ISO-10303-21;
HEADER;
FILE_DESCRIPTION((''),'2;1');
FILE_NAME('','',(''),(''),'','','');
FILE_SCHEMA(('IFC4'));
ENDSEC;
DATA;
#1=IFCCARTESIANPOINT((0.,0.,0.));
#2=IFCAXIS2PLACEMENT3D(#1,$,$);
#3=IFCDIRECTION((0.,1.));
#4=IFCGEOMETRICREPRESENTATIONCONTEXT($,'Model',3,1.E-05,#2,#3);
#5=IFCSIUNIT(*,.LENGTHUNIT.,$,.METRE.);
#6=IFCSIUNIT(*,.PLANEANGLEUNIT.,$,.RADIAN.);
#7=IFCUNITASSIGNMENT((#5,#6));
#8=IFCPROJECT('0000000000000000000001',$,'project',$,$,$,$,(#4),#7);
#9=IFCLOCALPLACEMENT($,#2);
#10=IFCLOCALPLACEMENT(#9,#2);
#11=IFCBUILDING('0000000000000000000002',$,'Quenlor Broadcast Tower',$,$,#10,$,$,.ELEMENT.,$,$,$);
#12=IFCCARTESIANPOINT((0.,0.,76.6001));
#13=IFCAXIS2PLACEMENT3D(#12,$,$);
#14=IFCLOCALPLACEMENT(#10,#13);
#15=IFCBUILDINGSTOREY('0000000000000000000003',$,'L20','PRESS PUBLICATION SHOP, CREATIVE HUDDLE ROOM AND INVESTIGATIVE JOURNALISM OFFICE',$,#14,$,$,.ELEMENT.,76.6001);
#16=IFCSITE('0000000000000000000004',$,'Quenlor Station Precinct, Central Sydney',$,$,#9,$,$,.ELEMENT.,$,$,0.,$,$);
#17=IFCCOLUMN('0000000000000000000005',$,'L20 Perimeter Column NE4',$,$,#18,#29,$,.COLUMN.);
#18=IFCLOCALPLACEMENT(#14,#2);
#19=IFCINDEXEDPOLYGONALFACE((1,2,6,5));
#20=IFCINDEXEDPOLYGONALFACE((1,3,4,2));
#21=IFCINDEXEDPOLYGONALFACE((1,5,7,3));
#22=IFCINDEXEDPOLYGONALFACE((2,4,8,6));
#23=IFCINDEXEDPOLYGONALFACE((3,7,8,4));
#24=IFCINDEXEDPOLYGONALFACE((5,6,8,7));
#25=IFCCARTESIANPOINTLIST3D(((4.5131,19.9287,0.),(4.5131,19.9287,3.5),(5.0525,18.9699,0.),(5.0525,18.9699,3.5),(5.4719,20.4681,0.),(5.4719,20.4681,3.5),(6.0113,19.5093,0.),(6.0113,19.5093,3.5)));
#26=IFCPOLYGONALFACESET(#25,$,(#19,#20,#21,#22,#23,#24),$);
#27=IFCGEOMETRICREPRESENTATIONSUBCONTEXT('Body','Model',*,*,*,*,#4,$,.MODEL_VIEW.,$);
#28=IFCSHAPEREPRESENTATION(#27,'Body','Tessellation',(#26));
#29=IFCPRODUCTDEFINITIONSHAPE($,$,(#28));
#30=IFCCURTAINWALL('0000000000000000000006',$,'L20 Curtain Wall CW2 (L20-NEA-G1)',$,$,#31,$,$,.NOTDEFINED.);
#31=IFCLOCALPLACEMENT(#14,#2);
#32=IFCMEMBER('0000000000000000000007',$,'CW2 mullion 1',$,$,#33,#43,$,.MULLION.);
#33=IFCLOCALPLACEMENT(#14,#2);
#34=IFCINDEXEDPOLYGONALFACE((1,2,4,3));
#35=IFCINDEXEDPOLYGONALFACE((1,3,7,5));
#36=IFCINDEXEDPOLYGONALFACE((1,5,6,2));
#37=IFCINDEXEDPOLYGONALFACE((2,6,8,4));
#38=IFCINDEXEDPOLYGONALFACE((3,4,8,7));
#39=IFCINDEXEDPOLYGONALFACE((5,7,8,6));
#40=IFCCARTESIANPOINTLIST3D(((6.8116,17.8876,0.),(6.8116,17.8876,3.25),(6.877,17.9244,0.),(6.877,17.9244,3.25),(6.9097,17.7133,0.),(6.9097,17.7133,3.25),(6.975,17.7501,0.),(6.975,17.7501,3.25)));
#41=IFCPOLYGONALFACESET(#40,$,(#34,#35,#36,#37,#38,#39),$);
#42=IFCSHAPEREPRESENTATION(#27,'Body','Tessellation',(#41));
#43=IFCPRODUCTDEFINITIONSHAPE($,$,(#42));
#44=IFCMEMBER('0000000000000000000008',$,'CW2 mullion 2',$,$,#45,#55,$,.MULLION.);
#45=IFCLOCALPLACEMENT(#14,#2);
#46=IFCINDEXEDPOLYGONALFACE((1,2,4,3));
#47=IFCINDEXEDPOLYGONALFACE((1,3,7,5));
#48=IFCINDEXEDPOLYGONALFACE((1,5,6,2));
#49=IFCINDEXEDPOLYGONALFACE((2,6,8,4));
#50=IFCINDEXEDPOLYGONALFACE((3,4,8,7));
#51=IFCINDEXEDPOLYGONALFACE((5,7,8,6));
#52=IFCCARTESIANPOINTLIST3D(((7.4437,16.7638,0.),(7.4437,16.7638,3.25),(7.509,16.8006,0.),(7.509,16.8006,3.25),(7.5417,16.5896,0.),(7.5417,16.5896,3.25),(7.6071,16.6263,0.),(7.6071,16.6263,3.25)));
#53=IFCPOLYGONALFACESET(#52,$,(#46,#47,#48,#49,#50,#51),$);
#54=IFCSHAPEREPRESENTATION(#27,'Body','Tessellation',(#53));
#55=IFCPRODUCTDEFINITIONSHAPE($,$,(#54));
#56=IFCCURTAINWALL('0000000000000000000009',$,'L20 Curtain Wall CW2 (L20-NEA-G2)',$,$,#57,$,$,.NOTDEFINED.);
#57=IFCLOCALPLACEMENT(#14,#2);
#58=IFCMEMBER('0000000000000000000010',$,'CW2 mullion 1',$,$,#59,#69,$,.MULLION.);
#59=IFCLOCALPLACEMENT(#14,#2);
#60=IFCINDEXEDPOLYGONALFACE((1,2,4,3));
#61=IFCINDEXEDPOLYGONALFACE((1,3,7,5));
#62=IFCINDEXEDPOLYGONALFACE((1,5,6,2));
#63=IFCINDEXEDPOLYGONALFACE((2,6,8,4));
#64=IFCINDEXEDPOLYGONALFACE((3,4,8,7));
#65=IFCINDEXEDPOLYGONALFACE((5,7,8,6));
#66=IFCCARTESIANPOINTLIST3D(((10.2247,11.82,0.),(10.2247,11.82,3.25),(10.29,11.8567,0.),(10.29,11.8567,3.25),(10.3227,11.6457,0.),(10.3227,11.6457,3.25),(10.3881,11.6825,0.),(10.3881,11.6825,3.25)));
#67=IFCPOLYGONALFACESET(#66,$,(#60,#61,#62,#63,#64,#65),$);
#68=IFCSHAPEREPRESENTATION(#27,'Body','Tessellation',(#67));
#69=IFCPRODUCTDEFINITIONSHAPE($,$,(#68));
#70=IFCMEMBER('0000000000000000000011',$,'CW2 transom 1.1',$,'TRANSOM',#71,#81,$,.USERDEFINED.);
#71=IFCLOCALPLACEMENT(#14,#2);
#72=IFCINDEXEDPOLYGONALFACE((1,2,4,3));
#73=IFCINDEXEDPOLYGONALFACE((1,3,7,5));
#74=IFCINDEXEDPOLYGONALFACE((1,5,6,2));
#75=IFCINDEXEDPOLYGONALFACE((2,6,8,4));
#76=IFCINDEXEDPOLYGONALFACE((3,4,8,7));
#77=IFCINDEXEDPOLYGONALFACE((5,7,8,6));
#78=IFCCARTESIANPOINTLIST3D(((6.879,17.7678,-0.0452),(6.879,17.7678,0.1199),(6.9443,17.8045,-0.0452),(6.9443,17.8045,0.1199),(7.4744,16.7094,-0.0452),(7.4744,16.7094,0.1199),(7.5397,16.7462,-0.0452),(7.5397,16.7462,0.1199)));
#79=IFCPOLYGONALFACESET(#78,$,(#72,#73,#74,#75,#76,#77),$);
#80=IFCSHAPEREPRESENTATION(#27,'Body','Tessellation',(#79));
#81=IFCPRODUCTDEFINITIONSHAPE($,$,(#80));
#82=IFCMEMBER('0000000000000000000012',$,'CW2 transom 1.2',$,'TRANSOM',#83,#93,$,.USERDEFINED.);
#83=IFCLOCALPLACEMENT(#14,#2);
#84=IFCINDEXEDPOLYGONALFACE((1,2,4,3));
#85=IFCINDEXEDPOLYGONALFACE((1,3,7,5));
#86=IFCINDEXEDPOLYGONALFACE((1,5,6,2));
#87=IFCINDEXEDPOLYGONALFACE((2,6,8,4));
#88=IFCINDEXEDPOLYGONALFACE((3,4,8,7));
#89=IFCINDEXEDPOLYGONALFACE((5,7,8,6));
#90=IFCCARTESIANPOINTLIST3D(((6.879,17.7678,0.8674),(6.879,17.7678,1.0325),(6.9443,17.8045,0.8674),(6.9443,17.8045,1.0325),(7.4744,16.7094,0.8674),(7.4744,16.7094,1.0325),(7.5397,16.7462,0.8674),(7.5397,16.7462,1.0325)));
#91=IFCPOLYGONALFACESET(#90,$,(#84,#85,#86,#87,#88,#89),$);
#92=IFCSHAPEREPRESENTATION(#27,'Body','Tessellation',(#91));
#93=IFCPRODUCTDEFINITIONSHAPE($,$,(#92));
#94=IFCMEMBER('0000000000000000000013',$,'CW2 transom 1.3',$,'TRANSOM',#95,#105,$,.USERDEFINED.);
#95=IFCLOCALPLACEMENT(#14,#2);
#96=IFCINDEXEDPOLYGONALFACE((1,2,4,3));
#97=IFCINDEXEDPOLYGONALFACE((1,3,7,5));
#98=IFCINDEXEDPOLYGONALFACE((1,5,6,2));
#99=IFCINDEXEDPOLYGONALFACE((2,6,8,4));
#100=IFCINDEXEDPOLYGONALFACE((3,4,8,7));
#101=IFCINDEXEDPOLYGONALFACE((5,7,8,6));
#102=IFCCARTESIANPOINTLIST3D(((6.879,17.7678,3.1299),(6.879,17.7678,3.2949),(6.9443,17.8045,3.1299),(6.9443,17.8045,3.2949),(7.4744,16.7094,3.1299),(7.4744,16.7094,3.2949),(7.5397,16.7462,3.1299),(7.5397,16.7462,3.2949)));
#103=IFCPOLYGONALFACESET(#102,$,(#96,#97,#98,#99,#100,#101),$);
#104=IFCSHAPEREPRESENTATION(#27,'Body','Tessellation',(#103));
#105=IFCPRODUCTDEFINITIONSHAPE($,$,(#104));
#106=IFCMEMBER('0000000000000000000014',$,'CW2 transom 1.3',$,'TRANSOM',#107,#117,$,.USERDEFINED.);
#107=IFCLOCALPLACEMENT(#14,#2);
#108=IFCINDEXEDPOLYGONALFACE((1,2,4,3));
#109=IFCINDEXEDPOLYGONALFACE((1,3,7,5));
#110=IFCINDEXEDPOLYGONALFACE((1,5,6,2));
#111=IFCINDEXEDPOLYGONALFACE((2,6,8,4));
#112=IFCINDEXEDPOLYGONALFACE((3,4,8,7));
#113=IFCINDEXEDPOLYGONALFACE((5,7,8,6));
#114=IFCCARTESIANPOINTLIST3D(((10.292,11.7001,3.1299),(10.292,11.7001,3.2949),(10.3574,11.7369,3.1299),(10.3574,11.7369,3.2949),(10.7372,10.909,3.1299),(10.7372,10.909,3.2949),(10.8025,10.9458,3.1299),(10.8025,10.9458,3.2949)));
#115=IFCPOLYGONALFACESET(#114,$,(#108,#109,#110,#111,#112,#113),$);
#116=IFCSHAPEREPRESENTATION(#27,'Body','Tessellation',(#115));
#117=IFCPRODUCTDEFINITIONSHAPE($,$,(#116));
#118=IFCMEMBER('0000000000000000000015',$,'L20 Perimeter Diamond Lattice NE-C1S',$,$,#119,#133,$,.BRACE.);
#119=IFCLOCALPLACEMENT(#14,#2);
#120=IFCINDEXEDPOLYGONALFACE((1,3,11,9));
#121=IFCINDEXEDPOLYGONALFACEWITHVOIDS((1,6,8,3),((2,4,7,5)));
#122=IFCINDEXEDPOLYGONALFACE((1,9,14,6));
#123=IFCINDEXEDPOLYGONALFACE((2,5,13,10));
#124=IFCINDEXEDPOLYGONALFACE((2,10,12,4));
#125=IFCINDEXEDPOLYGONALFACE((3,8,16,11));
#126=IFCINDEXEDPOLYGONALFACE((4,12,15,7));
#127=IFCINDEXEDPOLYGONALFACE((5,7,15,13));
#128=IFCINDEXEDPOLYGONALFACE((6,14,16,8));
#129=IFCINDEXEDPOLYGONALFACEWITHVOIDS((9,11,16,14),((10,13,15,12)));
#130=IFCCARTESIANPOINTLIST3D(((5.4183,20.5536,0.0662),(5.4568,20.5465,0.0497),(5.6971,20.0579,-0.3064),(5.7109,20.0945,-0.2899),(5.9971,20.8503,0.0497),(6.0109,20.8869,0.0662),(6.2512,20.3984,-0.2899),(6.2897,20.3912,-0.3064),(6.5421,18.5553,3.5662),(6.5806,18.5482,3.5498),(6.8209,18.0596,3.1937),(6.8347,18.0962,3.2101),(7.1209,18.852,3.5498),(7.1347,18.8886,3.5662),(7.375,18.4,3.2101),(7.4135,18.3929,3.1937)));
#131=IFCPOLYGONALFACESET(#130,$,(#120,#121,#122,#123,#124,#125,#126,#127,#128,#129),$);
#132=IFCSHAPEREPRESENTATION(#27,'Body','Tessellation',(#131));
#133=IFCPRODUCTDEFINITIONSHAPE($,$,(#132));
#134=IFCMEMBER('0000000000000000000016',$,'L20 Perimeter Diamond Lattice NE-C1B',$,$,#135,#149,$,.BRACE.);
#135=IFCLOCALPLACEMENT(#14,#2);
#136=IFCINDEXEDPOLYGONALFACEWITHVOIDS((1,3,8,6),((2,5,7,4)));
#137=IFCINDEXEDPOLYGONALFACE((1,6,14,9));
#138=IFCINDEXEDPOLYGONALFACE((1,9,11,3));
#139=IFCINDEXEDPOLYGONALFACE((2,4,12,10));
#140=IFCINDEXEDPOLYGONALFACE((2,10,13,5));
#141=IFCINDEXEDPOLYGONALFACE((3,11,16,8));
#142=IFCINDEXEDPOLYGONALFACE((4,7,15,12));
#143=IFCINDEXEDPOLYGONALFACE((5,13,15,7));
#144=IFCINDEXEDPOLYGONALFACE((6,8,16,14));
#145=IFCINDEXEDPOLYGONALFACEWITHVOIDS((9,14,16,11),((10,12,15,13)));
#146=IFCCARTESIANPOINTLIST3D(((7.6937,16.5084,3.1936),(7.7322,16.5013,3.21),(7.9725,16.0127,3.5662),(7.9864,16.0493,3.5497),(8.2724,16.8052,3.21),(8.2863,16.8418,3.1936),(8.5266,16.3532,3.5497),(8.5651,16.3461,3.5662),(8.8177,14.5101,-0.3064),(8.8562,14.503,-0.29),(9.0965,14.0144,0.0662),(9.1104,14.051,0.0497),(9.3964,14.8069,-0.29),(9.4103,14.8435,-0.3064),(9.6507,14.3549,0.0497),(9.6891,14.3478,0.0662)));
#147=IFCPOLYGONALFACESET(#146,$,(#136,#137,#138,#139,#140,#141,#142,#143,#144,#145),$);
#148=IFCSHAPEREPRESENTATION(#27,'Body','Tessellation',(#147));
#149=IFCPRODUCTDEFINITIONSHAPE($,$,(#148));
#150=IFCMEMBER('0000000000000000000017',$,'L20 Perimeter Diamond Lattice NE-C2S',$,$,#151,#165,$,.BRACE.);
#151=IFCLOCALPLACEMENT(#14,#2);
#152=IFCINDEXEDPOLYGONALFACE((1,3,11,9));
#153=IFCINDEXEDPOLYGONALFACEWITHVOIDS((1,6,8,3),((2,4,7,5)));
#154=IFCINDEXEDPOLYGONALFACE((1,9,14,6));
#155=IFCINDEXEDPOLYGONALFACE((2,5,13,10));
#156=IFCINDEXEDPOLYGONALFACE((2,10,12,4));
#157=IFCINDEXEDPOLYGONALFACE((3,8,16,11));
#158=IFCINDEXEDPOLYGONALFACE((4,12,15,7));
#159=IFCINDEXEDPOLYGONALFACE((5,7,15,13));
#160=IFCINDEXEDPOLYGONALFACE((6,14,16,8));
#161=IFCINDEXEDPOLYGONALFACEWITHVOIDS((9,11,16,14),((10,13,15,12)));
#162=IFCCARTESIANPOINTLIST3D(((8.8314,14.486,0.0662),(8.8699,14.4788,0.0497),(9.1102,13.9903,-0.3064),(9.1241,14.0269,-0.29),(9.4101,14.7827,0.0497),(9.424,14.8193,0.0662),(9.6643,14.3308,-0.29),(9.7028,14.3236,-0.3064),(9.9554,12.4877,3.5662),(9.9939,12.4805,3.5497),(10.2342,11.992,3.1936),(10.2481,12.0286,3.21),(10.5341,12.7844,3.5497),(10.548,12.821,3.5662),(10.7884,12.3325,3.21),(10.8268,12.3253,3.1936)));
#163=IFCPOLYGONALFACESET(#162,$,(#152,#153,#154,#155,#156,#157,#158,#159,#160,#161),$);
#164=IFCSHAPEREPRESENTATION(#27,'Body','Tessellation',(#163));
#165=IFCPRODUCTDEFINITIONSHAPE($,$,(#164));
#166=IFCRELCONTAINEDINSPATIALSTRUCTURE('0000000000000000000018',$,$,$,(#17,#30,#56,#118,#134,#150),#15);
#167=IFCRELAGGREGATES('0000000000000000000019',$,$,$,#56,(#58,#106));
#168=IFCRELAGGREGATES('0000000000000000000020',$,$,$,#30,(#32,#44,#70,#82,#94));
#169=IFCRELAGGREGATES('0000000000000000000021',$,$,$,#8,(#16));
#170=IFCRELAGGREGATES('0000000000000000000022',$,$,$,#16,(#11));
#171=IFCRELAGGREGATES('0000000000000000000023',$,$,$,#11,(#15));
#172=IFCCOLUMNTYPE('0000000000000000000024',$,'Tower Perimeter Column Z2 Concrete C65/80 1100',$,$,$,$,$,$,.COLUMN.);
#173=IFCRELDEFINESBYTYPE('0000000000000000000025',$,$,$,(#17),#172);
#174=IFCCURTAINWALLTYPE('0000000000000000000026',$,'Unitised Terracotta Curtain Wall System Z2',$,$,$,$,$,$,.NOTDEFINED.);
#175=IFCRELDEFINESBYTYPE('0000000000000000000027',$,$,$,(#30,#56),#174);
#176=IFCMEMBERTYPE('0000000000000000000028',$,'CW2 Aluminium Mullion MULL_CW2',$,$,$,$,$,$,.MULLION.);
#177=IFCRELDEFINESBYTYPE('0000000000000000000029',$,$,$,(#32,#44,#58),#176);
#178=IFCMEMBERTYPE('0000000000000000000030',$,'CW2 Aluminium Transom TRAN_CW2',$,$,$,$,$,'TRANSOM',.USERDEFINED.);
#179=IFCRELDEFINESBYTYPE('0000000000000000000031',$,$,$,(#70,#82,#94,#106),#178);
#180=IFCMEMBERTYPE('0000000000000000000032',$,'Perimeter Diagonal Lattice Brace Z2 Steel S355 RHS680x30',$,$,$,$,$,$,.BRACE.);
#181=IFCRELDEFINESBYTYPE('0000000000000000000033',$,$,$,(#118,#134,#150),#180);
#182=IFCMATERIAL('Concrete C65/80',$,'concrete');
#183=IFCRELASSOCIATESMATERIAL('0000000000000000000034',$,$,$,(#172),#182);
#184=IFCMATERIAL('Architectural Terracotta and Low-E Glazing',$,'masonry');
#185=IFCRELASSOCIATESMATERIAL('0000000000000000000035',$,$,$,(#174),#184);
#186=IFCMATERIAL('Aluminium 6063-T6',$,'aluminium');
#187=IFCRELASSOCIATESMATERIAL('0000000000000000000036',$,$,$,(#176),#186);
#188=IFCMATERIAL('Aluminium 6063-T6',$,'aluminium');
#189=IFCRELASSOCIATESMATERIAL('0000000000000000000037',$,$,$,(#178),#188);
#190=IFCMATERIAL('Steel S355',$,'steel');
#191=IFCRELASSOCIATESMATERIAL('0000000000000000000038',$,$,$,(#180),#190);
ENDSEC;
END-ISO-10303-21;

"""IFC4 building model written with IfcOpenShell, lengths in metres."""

from ifc_helpers import new_model, si_unit, direction, frame, origin, origin_2d, place, context, subcontext, project, spatial, rectangle, hollow_rectangle, extrude, material, material_profile, profile_set, type_object, element, aggregate, save


model = new_model("IFC4")

# Units and contexts
model_context = context("Model", 3, precision=1e-05, world=origin(), true_north=direction((0.0, 1.0)))
body_context = subcontext(model_context, "Body", "Model", "MODEL_VIEW")
ifc_project = project(units=[si_unit("LENGTHUNIT", "METRE"), si_unit("PLANEANGLEUNIT", "RADIAN")], contexts=[model_context])

# Site, building, storey
site_placement = place(None, origin())
site = spatial("IfcSite", under=ifc_project, at=site_placement, Name="Quenlor Station Precinct, Central Sydney", CompositionType="ELEMENT", RefElevation=0.0)
building_placement = place(site_placement, origin())
building = spatial("IfcBuilding", under=site, at=building_placement, Name="Quenlor Broadcast Tower", CompositionType="ELEMENT")
storey_placement = place(building_placement, frame((0.0, 0.0, 76.6001)))
storey = spatial("IfcBuildingStorey", under=building, at=storey_placement, Name="L20", Description="PRESS PUBLICATION SHOP, CREATIVE HUDDLE ROOM AND INVESTIGATIVE JOURNALISM OFFICE", CompositionType="ELEMENT", Elevation=76.6001)

# Column
ifc_material_1 = material(Name="Concrete C65/80", Category="concrete")
ifc_material_profile_1 = material_profile(ifc_material_1, rectangle(XDim=1.1001, YDim=1.1001, at=origin_2d()))
ifc_profile_set_1 = profile_set([ifc_material_profile_1], Name="Concrete C65/80 RC1100x1100")
column_type = type_object("IfcColumnType", Name="Tower Perimeter Column Z2 Concrete C65/80 1100", PredefinedType="COLUMN", material=ifc_profile_set_1)
column_placement = place(storey_placement, frame((5.2622, 19.719, 0.0), z_axis=(0.0, 0.0, 1.0), x_axis=(0.871575, 0.490262, 0.0)))
element("IfcColumn", 1, at=column_placement, inside=storey, type_object=column_type, Name="L20 Perimeter Column NE4", PredefinedType="COLUMN", context=body_context, shape_type="SweptSolid", body=[
    extrude(rectangle(XDim=1.1001, YDim=1.1001, at=origin_2d()), origin(), (0.0, 0.0, 1.0), 3.5),
])

# Curtain wall, members
ifc_material_2 = material(Name="Architectural Terracotta and Low-E Glazing", Category="masonry")
curtain_wall_type = type_object("IfcCurtainWallType", Name="Unitised Terracotta Curtain Wall System Z2", PredefinedType="NOTDEFINED", material=ifc_material_2)
curtain_wall_1_placement = place(storey_placement, origin())
curtain_wall_1 = element("IfcCurtainWall", 2, at=curtain_wall_1_placement, inside=storey, type_object=curtain_wall_type, Name="L20 Curtain Wall CW2 (L20-NEA-G1)", PredefinedType="NOTDEFINED")
ifc_material_3 = material(Name="Aluminium 6063-T6", Category="aluminium")
ifc_material_profile_2 = material_profile(ifc_material_3, rectangle(XDim=0.075, YDim=0.2, at=origin_2d()))
ifc_profile_set_2 = profile_set([ifc_material_profile_2], Name="Aluminium 6063-T6 MULL75x200")
member_type_1 = type_object("IfcMemberType", Name="CW2 Aluminium Mullion MULL_CW2", PredefinedType="MULLION", material=ifc_profile_set_2)
member_1_placement = place(storey_placement, frame((6.8933, 17.8188, 0.0), z_axis=(0.0, 0.0, 1.0), x_axis=(0.871583, 0.490247, 0.0)))
member_1 = element("IfcMember", 3, at=member_1_placement, type_object=member_type_1, Name="CW2 mullion 1", PredefinedType="MULLION", context=body_context, shape_type="SweptSolid", body=[
    extrude(rectangle(XDim=0.075, YDim=0.2, at=origin_2d()), origin(), (0.0, 0.0, 1.0), 3.25),
])
member_2_placement = place(storey_placement, frame((7.5254, 16.6951, 0.0), z_axis=(0.0, 0.0, 1.0), x_axis=(0.871583, 0.490247, 0.0)))
member_2 = element("IfcMember", 4, at=member_2_placement, type_object=member_type_1, Name="CW2 mullion 2", PredefinedType="MULLION", context=body_context, shape_type="SweptSolid", body=[
    extrude(rectangle(XDim=0.075, YDim=0.2, at=origin_2d()), origin(), (0.0, 0.0, 1.0), 3.25),
])

# Curtain wall, member
curtain_wall_2_placement = place(storey_placement, origin())
curtain_wall_2 = element("IfcCurtainWall", 5, at=curtain_wall_2_placement, inside=storey, type_object=curtain_wall_type, Name="L20 Curtain Wall CW2 (L20-NEA-G2)", PredefinedType="NOTDEFINED")
member_3_placement = place(storey_placement, frame((10.3064, 11.7512, 0.0), z_axis=(0.0, 0.0, 1.0), x_axis=(0.871581, 0.490252, 0.0)))
member_3 = element("IfcMember", 6, at=member_3_placement, type_object=member_type_1, Name="CW2 mullion 1", PredefinedType="MULLION", context=body_context, shape_type="SweptSolid", body=[
    extrude(rectangle(XDim=0.075, YDim=0.2, at=origin_2d()), origin(), (0.0, 0.0, 1.0), 3.25),
])

# Members
ifc_material_4 = material(Name="Aluminium 6063-T6", Category="aluminium")
ifc_material_profile_3 = material_profile(ifc_material_4, rectangle(XDim=0.075, YDim=0.165, at=origin_2d()))
ifc_profile_set_3 = profile_set([ifc_material_profile_3], Name="Aluminium 6063-T6 TRAN75x165")
member_type_2 = type_object("IfcMemberType", Name="CW2 Aluminium Transom TRAN_CW2", ElementType="TRANSOM", PredefinedType="USERDEFINED", material=ifc_profile_set_3)
member_4_placement = place(storey_placement, frame((6.9116, 17.7861, 0.0374), z_axis=(0.490347, -0.871527, 0.0), x_axis=(0.871527, 0.490347, 0.0)))
member_4 = element("IfcMember", 7, at=member_4_placement, type_object=member_type_2, Name="CW2 transom 1.1", ObjectType="TRANSOM", PredefinedType="USERDEFINED", context=body_context, shape_type="SweptSolid", body=[
    extrude(rectangle(XDim=0.075, YDim=0.165, at=origin_2d()), origin(), (0.0, 0.0, 1.0), 1.2144),
])
member_5_placement = place(storey_placement, frame((6.9116, 17.7861, 0.95), z_axis=(0.490347, -0.871527, 0.0), x_axis=(0.871527, 0.490347, 0.0)))
member_5 = element("IfcMember", 8, at=member_5_placement, type_object=member_type_2, Name="CW2 transom 1.2", ObjectType="TRANSOM", PredefinedType="USERDEFINED", context=body_context, shape_type="SweptSolid", body=[
    extrude(rectangle(XDim=0.075, YDim=0.165, at=origin_2d()), origin(), (0.0, 0.0, 1.0), 1.2144),
])
member_6_placement = place(storey_placement, frame((6.9116, 17.7861, 3.2124), z_axis=(0.490347, -0.871527, 0.0), x_axis=(0.871527, 0.490347, 0.0)))
member_6 = element("IfcMember", 9, at=member_6_placement, type_object=member_type_2, Name="CW2 transom 1.3", ObjectType="TRANSOM", PredefinedType="USERDEFINED", context=body_context, shape_type="SweptSolid", body=[
    extrude(rectangle(XDim=0.075, YDim=0.165, at=origin_2d()), origin(), (0.0, 0.0, 1.0), 1.2144),
])
member_7_placement = place(storey_placement, frame((10.3247, 11.7185, 3.2124), z_axis=(0.490363, -0.871518, 0.0), x_axis=(0.871518, 0.490363, 0.0)))
member_7 = element("IfcMember", 10, at=member_7_placement, type_object=member_type_2, Name="CW2 transom 1.3", ObjectType="TRANSOM", PredefinedType="USERDEFINED", context=body_context, shape_type="SweptSolid", body=[
    extrude(rectangle(XDim=0.075, YDim=0.165, at=origin_2d()), origin(), (0.0, 0.0, 1.0), 0.9077),
])
aggregate(curtain_wall_2, [member_3, member_7])

# Members
ifc_material_5 = material(Name="Steel S355", Category="steel")
ifc_material_profile_4 = material_profile(ifc_material_5, hollow_rectangle(XDim=0.6799, YDim=0.6799, WallThickness=0.03, at=origin_2d()))
ifc_profile_set_4 = profile_set([ifc_material_profile_4], Name="Steel S355 RHS680x680x30")
member_type_3 = type_object("IfcMemberType", Name="Perimeter Diagonal Lattice Brace Z2 Steel S355 RHS680x30", PredefinedType="BRACE", material=ifc_profile_set_4)
for number, where, z_axis, x_axis, name in (
    (11, (5.854, 20.4724, -0.1201), (0.268588, -0.4776, 0.836516), (0.871624, 0.490175, 0.0), "L20 Perimeter Diamond Lattice NE-C1S"),
    (12, (9.2534, 14.429, -0.1201), (-0.268642, 0.477593, 0.836502), (-0.871578, -0.490256, 0.0), "L20 Perimeter Diamond Lattice NE-C1B"),
    (13, (9.2671, 14.4048, -0.1201), (0.268642, -0.477593, 0.836502), (0.871578, 0.490256, 0.0), "L20 Perimeter Diamond Lattice NE-C2S"),
):
    element("IfcMember", number, at=place(storey_placement, frame(where, z_axis=z_axis, x_axis=x_axis)), inside=storey, type_object=member_type_3, Name=name, PredefinedType="BRACE", context=body_context, shape_type="SweptSolid", body=[
        extrude(hollow_rectangle(XDim=0.6799, YDim=0.6799, WallThickness=0.03, at=origin_2d()), origin(), (0.0, 0.0, 1.0), 4.1841),
    ])

aggregate(curtain_wall_1, [member_1, member_2, member_4, member_5, member_6])

save(model, "model.ifc")
